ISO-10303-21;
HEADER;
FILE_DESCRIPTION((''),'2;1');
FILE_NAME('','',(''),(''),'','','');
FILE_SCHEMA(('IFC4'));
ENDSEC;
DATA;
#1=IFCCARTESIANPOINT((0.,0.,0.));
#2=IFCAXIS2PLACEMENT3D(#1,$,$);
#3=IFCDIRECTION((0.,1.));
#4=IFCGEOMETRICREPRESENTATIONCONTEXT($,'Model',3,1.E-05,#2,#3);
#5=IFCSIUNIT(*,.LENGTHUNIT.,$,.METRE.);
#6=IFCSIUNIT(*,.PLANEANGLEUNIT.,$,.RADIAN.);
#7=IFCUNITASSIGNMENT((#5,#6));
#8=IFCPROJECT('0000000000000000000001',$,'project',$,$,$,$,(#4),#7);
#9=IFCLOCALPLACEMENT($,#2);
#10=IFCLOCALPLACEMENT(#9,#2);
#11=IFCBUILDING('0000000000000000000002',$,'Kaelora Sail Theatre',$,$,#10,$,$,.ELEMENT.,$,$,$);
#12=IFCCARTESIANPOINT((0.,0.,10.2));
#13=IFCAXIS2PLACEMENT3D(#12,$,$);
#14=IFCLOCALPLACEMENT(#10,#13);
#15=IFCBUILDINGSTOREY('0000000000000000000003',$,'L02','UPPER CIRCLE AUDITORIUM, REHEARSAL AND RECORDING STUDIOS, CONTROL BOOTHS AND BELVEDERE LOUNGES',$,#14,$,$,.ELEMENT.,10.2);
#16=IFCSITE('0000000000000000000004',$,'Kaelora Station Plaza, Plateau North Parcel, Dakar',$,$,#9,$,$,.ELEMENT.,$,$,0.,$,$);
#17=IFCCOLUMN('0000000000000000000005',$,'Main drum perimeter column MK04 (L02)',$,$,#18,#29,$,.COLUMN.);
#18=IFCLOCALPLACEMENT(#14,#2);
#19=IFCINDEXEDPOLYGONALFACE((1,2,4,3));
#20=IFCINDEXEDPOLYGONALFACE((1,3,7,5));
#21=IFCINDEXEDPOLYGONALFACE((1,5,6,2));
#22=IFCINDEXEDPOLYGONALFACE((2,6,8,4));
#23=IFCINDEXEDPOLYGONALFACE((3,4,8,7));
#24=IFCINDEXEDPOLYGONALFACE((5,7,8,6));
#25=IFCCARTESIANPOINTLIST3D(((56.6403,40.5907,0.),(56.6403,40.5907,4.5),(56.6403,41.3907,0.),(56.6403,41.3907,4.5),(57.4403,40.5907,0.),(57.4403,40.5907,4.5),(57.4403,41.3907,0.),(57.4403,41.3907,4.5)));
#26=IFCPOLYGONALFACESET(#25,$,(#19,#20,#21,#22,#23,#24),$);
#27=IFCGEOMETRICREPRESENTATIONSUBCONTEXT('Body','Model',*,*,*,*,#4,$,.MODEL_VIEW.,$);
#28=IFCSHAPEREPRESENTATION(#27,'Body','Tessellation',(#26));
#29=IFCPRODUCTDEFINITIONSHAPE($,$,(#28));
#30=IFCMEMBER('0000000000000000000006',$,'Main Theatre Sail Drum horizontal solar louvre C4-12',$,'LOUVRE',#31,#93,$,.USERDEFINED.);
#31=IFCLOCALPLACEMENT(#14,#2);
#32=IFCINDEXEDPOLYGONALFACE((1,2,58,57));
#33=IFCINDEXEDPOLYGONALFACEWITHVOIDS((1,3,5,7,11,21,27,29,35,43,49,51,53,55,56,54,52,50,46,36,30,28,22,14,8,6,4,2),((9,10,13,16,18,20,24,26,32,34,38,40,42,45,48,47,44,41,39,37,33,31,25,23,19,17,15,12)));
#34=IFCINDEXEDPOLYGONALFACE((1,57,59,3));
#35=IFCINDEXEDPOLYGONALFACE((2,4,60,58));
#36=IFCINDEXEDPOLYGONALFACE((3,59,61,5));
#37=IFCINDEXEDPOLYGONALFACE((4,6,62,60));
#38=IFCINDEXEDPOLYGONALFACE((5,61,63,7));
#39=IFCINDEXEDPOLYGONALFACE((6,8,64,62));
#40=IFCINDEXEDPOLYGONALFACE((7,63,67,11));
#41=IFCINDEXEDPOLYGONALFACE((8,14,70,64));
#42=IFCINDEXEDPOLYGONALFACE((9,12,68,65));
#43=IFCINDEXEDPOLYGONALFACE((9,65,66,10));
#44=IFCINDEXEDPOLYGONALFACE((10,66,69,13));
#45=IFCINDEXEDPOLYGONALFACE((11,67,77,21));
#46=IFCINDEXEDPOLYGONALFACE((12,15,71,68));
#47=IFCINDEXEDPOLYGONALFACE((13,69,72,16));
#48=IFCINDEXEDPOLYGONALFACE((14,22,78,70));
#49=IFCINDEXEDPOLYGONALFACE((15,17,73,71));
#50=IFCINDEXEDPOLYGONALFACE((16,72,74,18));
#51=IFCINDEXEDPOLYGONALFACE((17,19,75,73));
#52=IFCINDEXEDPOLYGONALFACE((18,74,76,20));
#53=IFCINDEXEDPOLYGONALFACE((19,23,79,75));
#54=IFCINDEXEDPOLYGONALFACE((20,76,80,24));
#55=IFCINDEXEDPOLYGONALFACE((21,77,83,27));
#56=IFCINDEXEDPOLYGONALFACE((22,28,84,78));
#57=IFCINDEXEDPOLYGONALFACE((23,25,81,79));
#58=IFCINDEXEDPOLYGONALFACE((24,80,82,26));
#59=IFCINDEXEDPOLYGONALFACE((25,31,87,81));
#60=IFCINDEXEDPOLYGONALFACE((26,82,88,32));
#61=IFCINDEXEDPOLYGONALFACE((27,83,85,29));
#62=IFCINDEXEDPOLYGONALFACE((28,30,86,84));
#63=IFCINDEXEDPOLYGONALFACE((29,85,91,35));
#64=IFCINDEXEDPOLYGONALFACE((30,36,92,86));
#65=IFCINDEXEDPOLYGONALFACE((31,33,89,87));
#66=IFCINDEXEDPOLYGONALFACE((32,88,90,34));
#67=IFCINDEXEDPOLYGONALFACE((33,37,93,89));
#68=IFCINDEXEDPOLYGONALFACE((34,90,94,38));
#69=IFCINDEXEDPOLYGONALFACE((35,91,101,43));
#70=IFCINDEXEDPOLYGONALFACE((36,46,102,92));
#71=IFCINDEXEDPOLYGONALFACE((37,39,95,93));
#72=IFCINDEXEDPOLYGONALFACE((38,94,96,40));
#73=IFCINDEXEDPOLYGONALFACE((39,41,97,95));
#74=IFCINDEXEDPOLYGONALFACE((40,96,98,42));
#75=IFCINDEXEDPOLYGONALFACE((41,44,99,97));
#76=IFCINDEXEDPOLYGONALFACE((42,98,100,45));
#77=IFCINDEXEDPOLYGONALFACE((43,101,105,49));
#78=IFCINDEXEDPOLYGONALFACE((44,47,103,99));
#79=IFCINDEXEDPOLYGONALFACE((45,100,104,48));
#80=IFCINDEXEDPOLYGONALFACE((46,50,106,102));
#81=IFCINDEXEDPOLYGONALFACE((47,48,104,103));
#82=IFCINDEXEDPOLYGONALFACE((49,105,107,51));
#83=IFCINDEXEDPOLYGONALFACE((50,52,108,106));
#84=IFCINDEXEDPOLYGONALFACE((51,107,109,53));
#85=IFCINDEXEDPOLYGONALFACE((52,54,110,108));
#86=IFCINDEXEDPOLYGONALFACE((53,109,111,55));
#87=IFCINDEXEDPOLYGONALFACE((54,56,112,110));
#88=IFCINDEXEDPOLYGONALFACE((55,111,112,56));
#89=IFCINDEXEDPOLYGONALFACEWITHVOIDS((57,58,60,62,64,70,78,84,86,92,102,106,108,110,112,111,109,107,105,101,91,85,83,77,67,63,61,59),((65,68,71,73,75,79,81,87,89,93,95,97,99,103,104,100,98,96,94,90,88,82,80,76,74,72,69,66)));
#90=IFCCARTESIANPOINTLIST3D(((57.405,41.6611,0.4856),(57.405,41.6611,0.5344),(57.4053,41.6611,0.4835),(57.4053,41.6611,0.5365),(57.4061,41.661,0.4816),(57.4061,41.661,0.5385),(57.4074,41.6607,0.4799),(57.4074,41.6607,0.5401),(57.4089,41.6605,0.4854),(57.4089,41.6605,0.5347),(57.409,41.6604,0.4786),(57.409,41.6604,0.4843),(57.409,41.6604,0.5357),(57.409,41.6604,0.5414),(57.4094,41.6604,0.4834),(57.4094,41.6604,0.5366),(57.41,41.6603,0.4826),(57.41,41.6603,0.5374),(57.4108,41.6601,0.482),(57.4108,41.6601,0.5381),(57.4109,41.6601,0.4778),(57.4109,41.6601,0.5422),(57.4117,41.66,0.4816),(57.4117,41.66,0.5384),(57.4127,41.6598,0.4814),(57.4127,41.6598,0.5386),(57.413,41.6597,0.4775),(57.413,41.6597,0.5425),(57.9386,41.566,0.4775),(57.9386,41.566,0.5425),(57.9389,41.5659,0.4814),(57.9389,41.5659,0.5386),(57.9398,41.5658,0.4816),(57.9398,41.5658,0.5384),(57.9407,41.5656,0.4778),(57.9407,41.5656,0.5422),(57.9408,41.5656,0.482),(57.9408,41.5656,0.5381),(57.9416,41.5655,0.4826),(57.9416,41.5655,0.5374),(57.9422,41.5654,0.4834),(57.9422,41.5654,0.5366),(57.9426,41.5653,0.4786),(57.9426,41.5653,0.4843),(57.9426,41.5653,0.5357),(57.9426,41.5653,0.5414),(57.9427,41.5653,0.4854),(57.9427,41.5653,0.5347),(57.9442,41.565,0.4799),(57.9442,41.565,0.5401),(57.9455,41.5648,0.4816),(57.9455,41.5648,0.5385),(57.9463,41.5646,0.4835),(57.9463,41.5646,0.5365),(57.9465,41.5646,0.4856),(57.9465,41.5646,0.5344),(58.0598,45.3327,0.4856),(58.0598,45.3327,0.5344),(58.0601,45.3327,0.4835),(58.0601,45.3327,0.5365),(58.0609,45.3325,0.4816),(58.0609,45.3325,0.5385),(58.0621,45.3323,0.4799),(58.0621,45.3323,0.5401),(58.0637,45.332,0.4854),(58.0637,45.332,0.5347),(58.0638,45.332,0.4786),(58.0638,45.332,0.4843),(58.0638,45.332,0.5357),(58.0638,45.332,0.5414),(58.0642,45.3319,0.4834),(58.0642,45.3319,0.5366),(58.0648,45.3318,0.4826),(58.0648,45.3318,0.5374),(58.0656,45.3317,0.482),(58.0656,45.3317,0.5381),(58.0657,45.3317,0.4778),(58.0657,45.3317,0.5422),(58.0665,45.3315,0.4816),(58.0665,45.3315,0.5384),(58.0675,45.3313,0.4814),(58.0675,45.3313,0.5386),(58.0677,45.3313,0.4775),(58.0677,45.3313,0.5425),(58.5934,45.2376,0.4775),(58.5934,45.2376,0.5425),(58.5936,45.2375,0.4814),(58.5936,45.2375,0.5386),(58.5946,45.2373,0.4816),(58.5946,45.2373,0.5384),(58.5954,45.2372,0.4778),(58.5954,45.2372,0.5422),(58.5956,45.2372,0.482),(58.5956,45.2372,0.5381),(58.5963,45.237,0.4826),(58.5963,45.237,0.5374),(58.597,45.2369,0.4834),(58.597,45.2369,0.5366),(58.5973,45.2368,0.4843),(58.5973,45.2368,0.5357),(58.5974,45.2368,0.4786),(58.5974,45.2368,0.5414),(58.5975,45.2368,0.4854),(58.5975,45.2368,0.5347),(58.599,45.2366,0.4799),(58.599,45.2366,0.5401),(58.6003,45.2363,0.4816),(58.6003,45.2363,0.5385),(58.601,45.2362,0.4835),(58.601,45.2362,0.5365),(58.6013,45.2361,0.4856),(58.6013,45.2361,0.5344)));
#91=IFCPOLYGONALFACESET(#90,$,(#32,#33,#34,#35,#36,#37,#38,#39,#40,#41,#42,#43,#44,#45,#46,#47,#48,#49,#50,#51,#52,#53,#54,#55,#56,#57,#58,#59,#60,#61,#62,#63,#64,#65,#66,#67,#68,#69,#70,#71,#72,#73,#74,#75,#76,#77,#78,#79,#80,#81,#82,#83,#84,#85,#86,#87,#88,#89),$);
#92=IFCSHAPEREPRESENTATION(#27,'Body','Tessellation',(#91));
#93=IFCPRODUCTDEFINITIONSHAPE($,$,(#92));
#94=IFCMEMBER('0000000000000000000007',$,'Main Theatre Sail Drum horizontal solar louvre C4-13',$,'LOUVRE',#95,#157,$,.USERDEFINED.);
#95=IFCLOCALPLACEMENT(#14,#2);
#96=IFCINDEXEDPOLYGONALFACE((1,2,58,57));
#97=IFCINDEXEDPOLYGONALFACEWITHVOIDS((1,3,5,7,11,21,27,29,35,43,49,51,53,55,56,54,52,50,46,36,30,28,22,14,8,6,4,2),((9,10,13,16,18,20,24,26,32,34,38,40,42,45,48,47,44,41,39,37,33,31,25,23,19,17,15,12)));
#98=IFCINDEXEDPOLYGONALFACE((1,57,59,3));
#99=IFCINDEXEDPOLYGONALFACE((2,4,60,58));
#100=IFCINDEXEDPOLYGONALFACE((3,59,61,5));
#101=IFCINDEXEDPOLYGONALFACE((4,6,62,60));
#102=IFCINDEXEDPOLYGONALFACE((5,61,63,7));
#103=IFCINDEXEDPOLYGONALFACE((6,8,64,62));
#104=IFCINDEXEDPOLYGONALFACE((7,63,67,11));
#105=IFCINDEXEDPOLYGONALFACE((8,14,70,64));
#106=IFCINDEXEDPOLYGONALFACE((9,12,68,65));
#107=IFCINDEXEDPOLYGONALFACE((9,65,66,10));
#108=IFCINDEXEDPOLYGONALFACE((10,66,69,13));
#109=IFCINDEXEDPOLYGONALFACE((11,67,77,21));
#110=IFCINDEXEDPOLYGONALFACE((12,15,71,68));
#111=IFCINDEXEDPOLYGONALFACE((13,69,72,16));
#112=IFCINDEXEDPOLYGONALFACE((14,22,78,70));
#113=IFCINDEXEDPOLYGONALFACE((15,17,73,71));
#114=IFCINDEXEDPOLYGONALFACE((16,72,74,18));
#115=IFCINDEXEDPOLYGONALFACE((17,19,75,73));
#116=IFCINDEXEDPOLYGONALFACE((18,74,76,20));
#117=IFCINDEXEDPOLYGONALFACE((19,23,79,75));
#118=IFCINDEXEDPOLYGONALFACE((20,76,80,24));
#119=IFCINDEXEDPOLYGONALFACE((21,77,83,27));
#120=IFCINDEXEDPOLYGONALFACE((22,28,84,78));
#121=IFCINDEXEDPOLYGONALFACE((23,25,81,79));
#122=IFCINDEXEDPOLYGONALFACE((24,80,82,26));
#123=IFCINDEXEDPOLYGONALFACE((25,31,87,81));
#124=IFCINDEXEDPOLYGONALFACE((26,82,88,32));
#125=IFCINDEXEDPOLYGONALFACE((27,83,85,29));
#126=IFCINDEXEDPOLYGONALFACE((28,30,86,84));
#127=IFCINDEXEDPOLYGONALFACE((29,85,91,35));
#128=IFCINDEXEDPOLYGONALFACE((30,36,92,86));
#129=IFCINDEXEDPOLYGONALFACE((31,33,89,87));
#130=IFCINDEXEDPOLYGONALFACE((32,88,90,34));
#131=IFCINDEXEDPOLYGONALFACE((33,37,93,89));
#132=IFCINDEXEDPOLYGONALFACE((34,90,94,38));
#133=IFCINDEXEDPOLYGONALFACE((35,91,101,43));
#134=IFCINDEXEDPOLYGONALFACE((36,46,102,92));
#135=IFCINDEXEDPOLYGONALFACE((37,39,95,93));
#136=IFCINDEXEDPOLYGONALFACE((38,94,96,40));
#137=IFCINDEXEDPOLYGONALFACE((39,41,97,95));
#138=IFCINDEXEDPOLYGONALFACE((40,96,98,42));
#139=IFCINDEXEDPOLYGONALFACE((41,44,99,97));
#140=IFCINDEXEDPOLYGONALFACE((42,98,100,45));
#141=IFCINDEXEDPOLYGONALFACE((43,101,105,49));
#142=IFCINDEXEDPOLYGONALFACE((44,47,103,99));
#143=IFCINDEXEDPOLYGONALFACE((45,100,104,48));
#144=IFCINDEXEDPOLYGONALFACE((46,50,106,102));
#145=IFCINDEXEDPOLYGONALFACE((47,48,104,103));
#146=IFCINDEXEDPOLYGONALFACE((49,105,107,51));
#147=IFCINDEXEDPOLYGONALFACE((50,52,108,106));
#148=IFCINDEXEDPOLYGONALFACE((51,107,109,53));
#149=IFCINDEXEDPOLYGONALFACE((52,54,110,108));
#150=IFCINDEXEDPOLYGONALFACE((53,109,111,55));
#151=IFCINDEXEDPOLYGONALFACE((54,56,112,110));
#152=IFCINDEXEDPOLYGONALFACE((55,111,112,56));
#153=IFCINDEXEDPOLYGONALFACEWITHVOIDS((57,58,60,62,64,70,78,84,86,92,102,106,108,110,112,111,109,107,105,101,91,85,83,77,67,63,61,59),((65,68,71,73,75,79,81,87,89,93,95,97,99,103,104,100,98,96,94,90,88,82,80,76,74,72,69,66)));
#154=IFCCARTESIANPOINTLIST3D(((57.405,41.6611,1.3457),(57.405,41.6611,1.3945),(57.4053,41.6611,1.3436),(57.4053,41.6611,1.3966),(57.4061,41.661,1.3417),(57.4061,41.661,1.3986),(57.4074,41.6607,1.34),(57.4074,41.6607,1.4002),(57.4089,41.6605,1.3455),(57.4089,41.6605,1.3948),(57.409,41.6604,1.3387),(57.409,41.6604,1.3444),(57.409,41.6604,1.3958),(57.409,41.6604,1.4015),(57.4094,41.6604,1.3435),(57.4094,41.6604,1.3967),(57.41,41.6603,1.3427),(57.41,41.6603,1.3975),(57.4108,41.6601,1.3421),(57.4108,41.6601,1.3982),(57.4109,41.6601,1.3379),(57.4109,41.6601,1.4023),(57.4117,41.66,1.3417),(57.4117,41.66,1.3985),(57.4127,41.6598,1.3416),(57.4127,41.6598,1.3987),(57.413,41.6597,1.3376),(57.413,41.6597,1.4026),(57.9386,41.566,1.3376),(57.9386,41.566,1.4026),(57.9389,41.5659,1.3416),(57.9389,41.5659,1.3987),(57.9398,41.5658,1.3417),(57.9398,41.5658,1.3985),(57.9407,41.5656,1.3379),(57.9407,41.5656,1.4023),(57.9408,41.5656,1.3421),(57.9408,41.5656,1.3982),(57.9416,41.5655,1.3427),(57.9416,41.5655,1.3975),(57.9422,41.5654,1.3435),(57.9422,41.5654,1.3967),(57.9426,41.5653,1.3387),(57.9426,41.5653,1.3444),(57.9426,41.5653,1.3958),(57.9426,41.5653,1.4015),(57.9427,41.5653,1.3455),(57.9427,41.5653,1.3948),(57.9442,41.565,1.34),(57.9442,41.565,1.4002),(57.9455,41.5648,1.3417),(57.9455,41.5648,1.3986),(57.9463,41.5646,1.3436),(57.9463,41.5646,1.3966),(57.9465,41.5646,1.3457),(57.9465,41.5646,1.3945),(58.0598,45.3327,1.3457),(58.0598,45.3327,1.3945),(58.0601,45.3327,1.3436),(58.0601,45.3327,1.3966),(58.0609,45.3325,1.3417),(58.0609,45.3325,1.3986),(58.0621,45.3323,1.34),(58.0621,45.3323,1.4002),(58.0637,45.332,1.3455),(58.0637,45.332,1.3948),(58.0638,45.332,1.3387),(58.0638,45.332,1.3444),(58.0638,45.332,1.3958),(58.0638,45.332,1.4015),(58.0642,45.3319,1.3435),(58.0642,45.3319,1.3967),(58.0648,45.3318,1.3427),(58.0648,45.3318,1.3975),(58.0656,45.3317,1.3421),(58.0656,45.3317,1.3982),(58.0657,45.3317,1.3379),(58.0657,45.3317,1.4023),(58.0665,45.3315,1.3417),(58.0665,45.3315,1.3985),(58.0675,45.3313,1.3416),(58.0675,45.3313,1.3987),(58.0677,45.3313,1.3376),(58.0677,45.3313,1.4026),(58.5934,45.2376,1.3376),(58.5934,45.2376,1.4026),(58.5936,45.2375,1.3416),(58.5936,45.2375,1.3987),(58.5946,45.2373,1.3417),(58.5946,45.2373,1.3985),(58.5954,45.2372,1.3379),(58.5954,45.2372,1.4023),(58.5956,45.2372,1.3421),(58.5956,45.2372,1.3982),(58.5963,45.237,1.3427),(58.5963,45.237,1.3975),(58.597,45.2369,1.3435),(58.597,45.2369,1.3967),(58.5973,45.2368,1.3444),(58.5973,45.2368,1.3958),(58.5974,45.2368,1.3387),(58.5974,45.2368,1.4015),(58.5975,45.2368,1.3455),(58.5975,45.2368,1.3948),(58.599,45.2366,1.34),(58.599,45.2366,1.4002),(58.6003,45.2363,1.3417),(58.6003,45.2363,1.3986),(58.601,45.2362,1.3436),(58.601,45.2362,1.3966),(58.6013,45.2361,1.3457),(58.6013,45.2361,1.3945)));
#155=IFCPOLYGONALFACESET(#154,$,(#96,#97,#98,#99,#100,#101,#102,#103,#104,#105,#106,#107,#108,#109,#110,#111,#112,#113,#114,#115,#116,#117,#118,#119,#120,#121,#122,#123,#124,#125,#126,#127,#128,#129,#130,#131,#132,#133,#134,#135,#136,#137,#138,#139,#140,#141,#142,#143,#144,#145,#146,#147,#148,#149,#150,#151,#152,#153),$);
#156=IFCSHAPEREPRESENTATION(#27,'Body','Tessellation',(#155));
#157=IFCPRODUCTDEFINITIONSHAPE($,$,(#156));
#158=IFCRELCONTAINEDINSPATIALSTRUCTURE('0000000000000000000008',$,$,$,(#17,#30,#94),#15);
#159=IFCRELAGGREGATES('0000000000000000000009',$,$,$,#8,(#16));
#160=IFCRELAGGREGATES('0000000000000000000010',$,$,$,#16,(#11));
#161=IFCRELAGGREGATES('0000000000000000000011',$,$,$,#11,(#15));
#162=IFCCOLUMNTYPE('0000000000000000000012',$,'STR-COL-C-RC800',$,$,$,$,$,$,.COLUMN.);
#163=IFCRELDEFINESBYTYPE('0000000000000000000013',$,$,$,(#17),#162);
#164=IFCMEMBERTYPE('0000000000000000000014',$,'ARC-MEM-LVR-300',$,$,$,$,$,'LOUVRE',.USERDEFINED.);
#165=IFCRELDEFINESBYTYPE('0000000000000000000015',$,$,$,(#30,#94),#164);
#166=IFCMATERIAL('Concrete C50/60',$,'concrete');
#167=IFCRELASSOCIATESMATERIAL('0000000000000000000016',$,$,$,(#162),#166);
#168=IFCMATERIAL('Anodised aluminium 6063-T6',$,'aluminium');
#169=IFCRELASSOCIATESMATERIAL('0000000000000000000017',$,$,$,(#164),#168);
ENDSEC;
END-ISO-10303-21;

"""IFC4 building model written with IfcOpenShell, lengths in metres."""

from ifc_helpers import new_model, si_unit, direction, frame, origin, origin_2d, place, context, subcontext, project, spatial, rectangle, hollow_rectangle, extrude, material, material_profile, profile_set, type_object, element, save


model = new_model("IFC4")

# Units and contexts
model_context = context("Model", 3, precision=1e-05, world=origin(), true_north=direction((0.0, 1.0)))
body_context = subcontext(model_context, "Body", "Model", "MODEL_VIEW")
ifc_project = project(units=[si_unit("LENGTHUNIT", "METRE"), si_unit("PLANEANGLEUNIT", "RADIAN")], contexts=[model_context])

# Site, building, storey
site_placement = place(None, origin())
site = spatial("IfcSite", under=ifc_project, at=site_placement, Name="Kaelora Station Plaza, Plateau North Parcel, Dakar", CompositionType="ELEMENT", RefElevation=0.0)
building_placement = place(site_placement, origin())
building = spatial("IfcBuilding", under=site, at=building_placement, Name="Kaelora Sail Theatre", CompositionType="ELEMENT")
storey_placement = place(building_placement, frame((0.0, 0.0, 10.2)))
storey = spatial("IfcBuildingStorey", under=building, at=storey_placement, Name="L02", Description="UPPER CIRCLE AUDITORIUM, REHEARSAL AND RECORDING STUDIOS, CONTROL BOOTHS AND BELVEDERE LOUNGES", CompositionType="ELEMENT", Elevation=10.2)

# Column
ifc_material_1 = material(Name="Concrete C50/60", Category="concrete")
ifc_material_profile_1 = material_profile(ifc_material_1, rectangle(XDim=0.8, YDim=0.8, at=origin_2d()), Name="RC-COL 800x800")
ifc_profile_set_1 = profile_set([ifc_material_profile_1], Name="Concrete C50/60")
column_type = type_object("IfcColumnType", Name="STR-COL-C-RC800", PredefinedType="COLUMN", material=ifc_profile_set_1)
column_placement = place(storey_placement, frame((57.0403, 40.9907, 0.0), z_axis=(0.0, 0.0, 1.0), x_axis=(1.0, 0.0, 0.0)))
element("IfcColumn", 1, at=column_placement, inside=storey, type_object=column_type, Name="Main drum perimeter column MK04 (L02)", PredefinedType="COLUMN", context=body_context, shape_type="SweptSolid", body=[
    extrude(rectangle(XDim=0.8, YDim=0.8, at=origin_2d()), origin(), (0.0, 0.0, 1.0), 4.5),
])

# Members
ifc_material_2 = material(Name="Anodised aluminium 6063-T6", Category="aluminium")
ifc_material_profile_2 = material_profile(ifc_material_2, hollow_rectangle(XDim=0.55, YDim=0.0649, WallThickness=0.0039, InnerFilletRadius=0.0039, OuterFilletRadius=0.0081, at=origin_2d()), Name="LOUVRE 550x65x4")
ifc_profile_set_2 = profile_set([ifc_material_profile_2], Name="Anodised aluminium 6063-T6")
member_type_1 = type_object("IfcMemberType", Name="ARC-MEM-LVR-300", ElementType="LOUVRE", PredefinedType="USERDEFINED", material=ifc_profile_set_2)
for number, where, z_axis, x_axis, name in (
    (2, (58.3306, 45.2844, 0.51), (-0.175566, -0.984468, 0.0), (0.984468, -0.175566, 0.0), "Main Theatre Sail Drum horizontal solar louvre C4-12"),
    (3, (58.3306, 45.2844, 1.3701), (-0.175566, -0.984468, 0.0), (0.984468, -0.175566, 0.0), "Main Theatre Sail Drum horizontal solar louvre C4-13"),
):
    element("IfcMember", number, at=place(storey_placement, frame(where, z_axis=z_axis, x_axis=x_axis)), inside=storey, type_object=member_type_1, Name=name, ObjectType="LOUVRE", PredefinedType="USERDEFINED", context=body_context, shape_type="SweptSolid", body=[
        extrude(hollow_rectangle(XDim=0.55, YDim=0.0649, WallThickness=0.0039, InnerFilletRadius=0.0039, OuterFilletRadius=0.0081, at=origin_2d()), origin(), (0.0, 0.0, 1.0), 3.7295),
    ])

save(model, "model.ifc")
